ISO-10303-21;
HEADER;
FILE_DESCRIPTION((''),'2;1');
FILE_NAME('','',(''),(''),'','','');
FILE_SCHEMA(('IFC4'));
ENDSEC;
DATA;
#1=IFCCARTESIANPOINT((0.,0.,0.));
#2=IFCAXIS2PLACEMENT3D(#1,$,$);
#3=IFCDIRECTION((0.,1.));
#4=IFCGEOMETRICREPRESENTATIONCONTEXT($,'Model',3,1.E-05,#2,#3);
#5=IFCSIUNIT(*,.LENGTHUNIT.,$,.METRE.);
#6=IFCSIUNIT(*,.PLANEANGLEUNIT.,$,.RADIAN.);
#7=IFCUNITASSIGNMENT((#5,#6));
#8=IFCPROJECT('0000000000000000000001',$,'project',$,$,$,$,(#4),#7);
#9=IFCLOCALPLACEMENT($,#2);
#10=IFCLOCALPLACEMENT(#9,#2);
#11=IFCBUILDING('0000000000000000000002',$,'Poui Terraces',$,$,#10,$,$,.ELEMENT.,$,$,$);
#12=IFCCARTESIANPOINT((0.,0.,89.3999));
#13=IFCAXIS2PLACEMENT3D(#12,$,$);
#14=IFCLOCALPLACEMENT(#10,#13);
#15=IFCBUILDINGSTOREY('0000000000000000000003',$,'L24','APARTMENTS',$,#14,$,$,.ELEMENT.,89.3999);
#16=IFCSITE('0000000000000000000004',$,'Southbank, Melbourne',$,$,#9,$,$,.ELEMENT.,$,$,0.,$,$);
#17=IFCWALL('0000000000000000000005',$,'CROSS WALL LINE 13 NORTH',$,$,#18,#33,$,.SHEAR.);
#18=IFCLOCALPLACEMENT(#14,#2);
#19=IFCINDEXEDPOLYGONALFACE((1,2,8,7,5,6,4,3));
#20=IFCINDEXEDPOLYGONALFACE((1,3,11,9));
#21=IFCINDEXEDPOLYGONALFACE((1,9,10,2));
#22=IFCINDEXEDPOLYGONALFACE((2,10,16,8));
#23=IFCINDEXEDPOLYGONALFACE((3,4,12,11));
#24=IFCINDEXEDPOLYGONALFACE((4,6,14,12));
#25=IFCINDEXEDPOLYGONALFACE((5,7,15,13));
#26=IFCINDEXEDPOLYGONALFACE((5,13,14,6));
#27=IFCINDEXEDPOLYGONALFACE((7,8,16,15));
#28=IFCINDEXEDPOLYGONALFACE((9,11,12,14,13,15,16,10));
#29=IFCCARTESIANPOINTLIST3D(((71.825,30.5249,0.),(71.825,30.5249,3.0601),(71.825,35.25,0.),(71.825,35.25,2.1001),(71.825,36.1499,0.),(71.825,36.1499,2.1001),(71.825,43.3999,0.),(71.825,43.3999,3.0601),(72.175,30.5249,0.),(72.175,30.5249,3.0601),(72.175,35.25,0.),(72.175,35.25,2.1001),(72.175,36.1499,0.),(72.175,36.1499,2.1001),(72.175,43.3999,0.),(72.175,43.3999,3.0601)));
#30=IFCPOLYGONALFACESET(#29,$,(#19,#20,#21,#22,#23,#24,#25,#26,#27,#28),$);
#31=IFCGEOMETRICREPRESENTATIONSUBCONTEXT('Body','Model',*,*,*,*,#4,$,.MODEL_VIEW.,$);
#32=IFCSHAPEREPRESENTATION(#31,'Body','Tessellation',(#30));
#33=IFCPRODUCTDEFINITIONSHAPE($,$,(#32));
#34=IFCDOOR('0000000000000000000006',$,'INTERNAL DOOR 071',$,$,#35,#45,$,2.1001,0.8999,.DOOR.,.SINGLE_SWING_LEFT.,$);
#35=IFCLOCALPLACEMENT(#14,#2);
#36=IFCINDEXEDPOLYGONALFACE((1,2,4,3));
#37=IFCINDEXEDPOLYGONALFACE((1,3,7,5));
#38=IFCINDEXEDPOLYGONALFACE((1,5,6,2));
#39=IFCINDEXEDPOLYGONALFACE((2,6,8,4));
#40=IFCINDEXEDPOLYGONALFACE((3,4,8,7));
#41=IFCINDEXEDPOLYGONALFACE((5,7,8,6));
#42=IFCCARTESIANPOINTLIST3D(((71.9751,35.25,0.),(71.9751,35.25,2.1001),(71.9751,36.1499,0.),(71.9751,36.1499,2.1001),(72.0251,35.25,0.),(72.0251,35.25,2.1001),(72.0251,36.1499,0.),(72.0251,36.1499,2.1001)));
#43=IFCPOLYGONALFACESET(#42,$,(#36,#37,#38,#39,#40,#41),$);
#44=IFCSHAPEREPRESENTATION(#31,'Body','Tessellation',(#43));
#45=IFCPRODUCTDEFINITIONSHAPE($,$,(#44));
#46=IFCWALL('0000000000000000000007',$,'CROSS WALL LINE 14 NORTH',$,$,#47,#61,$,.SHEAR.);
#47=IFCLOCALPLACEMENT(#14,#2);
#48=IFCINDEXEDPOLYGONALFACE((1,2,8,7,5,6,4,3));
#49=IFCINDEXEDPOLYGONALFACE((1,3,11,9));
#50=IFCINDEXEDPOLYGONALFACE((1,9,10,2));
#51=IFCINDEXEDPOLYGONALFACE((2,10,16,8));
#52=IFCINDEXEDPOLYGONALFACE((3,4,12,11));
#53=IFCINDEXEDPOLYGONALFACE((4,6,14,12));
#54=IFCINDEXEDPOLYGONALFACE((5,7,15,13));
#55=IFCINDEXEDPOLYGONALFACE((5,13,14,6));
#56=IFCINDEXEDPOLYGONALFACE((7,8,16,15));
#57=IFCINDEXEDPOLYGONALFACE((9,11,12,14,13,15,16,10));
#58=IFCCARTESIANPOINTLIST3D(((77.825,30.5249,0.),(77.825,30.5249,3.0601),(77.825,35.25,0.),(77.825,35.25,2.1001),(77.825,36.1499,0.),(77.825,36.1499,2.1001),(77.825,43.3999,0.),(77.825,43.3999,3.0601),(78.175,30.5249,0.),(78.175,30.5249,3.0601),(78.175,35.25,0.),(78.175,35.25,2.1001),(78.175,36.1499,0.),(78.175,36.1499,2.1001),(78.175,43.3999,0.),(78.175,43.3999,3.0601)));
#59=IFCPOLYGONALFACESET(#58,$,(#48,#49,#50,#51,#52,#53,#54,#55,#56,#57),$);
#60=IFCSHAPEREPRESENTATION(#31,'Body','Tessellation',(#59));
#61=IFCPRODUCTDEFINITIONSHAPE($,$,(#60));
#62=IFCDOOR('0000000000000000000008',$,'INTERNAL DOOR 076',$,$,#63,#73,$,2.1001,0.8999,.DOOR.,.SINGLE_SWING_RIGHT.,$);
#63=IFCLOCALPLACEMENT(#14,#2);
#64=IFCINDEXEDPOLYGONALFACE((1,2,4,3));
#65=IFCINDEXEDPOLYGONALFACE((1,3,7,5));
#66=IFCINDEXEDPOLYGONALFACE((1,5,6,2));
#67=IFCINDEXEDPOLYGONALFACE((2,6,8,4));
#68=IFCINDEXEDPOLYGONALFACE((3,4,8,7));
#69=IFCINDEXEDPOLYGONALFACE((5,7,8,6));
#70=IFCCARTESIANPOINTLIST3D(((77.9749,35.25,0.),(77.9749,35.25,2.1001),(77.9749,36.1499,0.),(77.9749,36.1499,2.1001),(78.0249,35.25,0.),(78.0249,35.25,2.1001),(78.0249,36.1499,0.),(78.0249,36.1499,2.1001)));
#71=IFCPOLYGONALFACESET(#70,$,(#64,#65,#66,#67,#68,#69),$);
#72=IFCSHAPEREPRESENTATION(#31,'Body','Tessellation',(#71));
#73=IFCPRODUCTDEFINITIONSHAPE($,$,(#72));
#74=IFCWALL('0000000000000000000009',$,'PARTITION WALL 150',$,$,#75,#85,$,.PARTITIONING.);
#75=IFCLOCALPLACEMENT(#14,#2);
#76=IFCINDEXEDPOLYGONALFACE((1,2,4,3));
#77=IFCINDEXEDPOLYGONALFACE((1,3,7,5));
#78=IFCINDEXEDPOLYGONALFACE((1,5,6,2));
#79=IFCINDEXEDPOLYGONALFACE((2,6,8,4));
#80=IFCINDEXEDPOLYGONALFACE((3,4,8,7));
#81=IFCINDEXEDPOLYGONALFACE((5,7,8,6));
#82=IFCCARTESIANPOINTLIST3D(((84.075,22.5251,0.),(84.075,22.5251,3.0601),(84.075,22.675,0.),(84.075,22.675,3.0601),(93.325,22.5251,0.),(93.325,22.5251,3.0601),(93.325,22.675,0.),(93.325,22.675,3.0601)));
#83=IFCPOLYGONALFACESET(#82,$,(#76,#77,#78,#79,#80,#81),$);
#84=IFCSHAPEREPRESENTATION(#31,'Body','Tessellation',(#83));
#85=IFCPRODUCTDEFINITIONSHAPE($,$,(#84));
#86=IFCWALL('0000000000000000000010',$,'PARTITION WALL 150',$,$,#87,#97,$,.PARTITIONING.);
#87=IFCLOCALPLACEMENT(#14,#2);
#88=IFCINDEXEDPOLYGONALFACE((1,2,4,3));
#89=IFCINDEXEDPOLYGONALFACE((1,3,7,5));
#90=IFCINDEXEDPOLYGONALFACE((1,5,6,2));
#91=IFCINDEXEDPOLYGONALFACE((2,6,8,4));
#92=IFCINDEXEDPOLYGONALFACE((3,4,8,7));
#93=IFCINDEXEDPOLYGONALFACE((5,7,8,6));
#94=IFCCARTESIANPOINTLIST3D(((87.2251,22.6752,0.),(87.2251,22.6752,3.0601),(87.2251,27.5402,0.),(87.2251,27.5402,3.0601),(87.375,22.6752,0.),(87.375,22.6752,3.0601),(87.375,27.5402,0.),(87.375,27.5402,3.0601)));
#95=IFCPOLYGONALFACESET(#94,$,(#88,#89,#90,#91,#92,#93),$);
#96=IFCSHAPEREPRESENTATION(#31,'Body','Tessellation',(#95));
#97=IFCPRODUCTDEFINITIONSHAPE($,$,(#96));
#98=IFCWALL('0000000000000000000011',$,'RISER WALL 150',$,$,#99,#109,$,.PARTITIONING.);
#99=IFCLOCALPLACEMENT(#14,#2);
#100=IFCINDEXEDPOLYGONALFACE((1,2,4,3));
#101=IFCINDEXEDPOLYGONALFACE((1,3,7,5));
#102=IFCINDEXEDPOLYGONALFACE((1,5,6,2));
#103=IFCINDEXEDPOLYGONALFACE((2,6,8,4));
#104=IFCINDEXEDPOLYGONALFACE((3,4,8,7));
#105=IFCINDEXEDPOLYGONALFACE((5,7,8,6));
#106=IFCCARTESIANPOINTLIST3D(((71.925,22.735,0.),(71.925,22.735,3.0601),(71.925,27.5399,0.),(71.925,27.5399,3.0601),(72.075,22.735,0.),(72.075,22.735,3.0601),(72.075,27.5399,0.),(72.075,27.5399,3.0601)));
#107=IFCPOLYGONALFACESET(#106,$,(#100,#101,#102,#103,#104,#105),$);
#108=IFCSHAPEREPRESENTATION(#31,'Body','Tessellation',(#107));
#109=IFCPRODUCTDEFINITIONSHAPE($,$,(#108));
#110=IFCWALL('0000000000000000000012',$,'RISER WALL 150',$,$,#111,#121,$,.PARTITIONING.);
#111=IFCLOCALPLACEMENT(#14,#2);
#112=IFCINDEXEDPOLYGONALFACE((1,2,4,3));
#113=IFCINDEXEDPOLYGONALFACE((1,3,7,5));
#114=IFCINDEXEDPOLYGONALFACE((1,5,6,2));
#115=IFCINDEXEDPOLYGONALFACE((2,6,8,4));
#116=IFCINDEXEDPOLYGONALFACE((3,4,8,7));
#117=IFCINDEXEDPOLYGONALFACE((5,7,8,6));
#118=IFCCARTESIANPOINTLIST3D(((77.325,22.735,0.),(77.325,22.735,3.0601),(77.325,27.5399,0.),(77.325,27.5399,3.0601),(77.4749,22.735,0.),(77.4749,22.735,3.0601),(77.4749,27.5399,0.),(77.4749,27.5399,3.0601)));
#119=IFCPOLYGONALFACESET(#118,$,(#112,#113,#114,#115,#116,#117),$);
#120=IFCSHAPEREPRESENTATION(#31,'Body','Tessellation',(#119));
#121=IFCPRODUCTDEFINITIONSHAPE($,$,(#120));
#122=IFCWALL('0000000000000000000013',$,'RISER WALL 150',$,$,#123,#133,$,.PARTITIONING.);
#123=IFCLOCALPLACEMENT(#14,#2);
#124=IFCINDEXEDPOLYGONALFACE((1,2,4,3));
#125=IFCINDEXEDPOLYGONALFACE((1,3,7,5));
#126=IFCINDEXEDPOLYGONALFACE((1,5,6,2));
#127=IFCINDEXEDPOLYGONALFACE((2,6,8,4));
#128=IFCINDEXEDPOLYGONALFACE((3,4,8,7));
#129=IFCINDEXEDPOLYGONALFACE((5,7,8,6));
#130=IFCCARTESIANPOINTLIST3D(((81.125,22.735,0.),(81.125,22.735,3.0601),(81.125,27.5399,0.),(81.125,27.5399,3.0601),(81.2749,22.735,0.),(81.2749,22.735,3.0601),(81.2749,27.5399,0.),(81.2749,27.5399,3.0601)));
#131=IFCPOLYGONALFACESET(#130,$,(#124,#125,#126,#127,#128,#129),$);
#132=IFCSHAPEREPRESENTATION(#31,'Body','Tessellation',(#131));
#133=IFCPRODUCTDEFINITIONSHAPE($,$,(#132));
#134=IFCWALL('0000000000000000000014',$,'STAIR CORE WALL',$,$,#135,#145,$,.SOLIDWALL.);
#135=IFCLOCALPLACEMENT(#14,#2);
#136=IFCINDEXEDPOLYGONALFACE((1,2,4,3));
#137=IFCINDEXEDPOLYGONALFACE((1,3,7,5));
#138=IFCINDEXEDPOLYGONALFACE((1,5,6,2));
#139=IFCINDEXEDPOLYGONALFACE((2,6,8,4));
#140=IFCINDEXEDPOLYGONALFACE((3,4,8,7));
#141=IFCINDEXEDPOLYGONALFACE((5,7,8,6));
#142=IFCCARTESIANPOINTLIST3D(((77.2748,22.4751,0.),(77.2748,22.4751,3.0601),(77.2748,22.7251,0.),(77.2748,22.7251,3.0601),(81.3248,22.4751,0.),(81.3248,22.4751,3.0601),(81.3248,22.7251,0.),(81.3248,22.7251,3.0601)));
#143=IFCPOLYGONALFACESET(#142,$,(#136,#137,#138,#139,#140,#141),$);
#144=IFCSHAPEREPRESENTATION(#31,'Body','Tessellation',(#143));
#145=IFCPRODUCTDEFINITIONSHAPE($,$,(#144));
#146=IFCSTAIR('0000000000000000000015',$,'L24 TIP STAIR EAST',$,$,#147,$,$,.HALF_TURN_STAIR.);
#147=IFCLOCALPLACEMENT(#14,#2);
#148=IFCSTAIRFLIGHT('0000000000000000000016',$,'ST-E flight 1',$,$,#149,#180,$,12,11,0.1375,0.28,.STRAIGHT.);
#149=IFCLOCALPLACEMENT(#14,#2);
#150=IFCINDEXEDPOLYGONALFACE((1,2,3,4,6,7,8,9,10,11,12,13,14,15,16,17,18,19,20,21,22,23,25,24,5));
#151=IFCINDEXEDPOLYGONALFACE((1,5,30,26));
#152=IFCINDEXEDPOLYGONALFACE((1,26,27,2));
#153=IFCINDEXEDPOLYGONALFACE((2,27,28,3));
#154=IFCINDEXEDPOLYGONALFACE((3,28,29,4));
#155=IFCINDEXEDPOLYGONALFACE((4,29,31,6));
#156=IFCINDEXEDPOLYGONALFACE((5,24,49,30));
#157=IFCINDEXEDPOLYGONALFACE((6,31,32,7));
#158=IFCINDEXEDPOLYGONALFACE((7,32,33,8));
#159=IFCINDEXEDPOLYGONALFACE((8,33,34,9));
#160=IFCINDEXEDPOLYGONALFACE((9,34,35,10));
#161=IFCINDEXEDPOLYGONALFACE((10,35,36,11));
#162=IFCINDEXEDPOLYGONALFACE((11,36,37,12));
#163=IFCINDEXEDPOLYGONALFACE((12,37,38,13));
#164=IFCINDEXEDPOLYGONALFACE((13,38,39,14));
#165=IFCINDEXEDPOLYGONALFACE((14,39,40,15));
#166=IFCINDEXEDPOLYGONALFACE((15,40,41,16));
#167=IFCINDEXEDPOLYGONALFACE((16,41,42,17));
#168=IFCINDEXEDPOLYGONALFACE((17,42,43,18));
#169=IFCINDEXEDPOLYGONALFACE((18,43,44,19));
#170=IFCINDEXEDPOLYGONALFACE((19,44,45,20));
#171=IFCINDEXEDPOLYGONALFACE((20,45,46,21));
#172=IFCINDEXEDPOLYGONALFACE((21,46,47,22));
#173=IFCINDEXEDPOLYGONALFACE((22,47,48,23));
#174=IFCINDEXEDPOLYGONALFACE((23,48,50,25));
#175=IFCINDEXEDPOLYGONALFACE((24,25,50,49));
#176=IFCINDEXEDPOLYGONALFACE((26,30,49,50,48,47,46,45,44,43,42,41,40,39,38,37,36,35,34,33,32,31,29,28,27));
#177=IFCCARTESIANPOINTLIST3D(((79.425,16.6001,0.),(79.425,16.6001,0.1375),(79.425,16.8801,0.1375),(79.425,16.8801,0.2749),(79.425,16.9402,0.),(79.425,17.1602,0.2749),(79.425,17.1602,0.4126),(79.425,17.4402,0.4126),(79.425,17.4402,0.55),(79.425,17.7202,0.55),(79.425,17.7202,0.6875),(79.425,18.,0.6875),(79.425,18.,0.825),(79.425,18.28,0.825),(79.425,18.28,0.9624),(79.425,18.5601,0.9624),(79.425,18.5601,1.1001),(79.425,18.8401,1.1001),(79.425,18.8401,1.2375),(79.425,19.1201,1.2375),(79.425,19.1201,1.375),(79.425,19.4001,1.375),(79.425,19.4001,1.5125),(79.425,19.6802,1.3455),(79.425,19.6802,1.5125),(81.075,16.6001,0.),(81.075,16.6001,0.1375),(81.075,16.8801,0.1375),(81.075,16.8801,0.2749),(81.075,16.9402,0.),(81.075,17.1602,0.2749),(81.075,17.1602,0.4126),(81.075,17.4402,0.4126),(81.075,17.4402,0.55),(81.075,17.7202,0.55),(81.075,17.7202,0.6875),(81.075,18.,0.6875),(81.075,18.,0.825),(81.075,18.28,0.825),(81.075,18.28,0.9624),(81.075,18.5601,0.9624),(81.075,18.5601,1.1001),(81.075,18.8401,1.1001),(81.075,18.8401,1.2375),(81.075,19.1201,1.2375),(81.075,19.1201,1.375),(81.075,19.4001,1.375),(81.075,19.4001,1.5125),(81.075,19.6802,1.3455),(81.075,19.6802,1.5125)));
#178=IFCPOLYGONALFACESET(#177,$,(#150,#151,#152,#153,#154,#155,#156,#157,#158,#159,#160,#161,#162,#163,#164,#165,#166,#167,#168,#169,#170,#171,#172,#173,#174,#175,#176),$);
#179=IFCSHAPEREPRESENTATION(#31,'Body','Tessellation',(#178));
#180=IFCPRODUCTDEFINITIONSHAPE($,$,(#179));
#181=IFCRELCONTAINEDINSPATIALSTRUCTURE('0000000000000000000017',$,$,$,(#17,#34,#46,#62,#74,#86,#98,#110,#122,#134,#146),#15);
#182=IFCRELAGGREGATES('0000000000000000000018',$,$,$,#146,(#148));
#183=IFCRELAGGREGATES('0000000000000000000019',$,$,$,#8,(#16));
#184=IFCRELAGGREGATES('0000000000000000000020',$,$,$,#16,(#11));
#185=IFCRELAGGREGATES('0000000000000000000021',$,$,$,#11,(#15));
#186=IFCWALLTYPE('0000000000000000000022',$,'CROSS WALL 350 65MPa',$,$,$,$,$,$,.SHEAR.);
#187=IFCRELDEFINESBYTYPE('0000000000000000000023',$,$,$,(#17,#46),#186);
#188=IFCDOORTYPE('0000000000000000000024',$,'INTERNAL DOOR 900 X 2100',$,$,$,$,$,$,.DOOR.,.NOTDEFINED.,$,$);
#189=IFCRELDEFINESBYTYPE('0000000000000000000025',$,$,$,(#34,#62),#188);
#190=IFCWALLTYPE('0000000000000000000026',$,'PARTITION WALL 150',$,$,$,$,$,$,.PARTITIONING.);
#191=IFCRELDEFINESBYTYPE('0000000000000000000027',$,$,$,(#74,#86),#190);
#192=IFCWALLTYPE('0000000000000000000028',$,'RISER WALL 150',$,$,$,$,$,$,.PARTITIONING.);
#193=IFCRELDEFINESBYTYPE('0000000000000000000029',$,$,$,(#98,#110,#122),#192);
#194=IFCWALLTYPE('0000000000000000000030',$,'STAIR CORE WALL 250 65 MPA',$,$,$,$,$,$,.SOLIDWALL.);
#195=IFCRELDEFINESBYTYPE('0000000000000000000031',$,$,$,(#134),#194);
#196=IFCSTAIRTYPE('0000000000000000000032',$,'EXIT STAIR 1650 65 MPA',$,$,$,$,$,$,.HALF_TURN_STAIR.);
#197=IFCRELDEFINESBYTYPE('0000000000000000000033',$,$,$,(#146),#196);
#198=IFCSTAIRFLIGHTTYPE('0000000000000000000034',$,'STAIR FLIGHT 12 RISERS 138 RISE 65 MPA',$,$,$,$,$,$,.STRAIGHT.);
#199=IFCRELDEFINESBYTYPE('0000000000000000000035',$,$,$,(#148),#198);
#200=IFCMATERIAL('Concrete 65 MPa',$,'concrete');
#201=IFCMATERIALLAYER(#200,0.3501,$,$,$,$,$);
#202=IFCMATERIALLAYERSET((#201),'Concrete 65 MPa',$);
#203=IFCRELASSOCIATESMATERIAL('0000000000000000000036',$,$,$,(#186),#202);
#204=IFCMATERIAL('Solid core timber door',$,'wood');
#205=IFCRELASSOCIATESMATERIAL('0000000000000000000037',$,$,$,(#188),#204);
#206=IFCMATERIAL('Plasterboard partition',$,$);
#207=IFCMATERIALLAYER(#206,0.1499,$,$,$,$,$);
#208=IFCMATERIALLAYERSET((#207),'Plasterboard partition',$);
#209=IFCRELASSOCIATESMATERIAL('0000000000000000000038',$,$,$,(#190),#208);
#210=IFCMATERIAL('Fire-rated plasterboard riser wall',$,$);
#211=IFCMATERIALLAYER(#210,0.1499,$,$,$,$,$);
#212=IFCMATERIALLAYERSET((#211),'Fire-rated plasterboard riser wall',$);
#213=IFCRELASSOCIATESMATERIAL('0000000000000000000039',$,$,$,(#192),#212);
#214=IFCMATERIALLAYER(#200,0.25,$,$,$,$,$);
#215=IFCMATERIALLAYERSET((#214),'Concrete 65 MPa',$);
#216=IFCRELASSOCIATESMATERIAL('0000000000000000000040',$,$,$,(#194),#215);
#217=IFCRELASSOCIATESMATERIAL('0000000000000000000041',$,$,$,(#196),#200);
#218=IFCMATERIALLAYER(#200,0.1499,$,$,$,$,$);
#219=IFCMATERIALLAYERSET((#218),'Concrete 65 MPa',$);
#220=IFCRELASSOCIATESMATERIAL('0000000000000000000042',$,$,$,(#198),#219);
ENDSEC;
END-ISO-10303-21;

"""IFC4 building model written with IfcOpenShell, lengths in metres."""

from ifc_helpers import new_model, si_unit, direction, frame, frame_2d, origin, place, context, subcontext, project, spatial, polyline, rectangle, outline, extrude, material, layer, layer_set, type_object, element, fill, aggregate, save


model = new_model("IFC4")

# Units and contexts
model_context = context("Model", 3, precision=1e-05, world=origin(), true_north=direction((0.0, 1.0)))
body_context = subcontext(model_context, "Body", "Model", "MODEL_VIEW")
ifc_project = project(units=[si_unit("LENGTHUNIT", "METRE"), si_unit("PLANEANGLEUNIT", "RADIAN")], contexts=[model_context])

# Site, building, storey
site_placement = place(None, origin())
site = spatial("IfcSite", under=ifc_project, at=site_placement, Name="Southbank, Melbourne", CompositionType="ELEMENT", RefElevation=0.0)
building_placement = place(site_placement, origin())
building = spatial("IfcBuilding", under=site, at=building_placement, Name="Poui Terraces", CompositionType="ELEMENT")
storey_placement = place(building_placement, frame((0.0, 0.0, 89.3999)))
storey = spatial("IfcBuildingStorey", under=building, at=storey_placement, Name="L24", Description="APARTMENTS", CompositionType="ELEMENT", Elevation=89.3999)

# Shared definitions
ifc_material_1 = material(Name="Concrete 65 MPa", Category="concrete")

# Walls, openings, doors
ifc_material_2 = material(Name="Solid core timber door", Category="wood")
ifc_layer_1 = layer(ifc_material_1, 0.3501)
ifc_layer_set_1 = layer_set([ifc_layer_1], Name="Concrete 65 MPa")
wall_type_1 = type_object("IfcWallType", Name="CROSS WALL 350 65MPa", PredefinedType="SHEAR", material=ifc_layer_set_1)
wall_1_placement = place(storey_placement, frame((72.0, 30.5249, 0.0), z_axis=(0.0, 0.0, 1.0), x_axis=(0.0, 1.0, 0.0)))
wall_1 = element("IfcWall", 1, at=wall_1_placement, inside=storey, type_object=wall_type_1, Name="CROSS WALL LINE 13 NORTH", PredefinedType="SHEAR", context=body_context, shape_type="SweptSolid", body=[
    extrude(rectangle(XDim=12.875, YDim=0.3501, at=frame_2d((6.4375, 0.0))), origin(), (0.0, 0.0, 1.0), 3.0601),
])
opening_1_placement = place(wall_1_placement, frame((4.7251, 0.0, 0.0)))
opening_1 = element("IfcOpeningElement", 2, at=opening_1_placement, cuts=wall_1, PredefinedType="OPENING", context=body_context, shape_type="SweptSolid", body=[
    extrude(rectangle(XDim=0.8999, YDim=2.1001, at=frame_2d((0.45, 1.05))), frame((0.0, 0.1851, 0.0), z_axis=(0.0, -1.0, 0.0), x_axis=(1.0, 0.0, 0.0)), (0.0, 0.0, 1.0), 0.3701),
])
door_type_1 = type_object("IfcDoorType", Name="INTERNAL DOOR 900 X 2100", OperationType="NOTDEFINED", PredefinedType="DOOR", material=ifc_material_2)
door_1_placement = place(opening_1_placement, origin())
door_1 = element("IfcDoor", 3, at=door_1_placement, inside=storey, type_object=door_type_1, Name="INTERNAL DOOR 071", OperationType="SINGLE_SWING_LEFT", OverallHeight=2.1001, OverallWidth=0.8999, PredefinedType="DOOR", context=body_context, shape_type="SweptSolid", body=[
    extrude(rectangle(XDim=0.8999, YDim=2.1001, at=frame_2d((0.45, 1.05))), frame((0.0, 0.0249, 0.0), z_axis=(0.0, -1.0, 0.0), x_axis=(1.0, 0.0, 0.0)), (0.0, 0.0, 1.0), 0.05),
])
fill(opening_1, door_1)
wall_2_placement = place(storey_placement, frame((78.0, 30.5249, 0.0), z_axis=(0.0, 0.0, 1.0), x_axis=(0.0, 1.0, 0.0)))
wall_2 = element("IfcWall", 4, at=wall_2_placement, inside=storey, type_object=wall_type_1, Name="CROSS WALL LINE 14 NORTH", PredefinedType="SHEAR", context=body_context, shape_type="SweptSolid", body=[
    extrude(rectangle(XDim=12.875, YDim=0.3501, at=frame_2d((6.4375, 0.0))), origin(), (0.0, 0.0, 1.0), 3.0601),
])
opening_2_placement = place(wall_2_placement, frame((4.7251, 0.0, 0.0)))
opening_2 = element("IfcOpeningElement", 5, at=opening_2_placement, cuts=wall_2, PredefinedType="OPENING", context=body_context, shape_type="SweptSolid", body=[
    extrude(rectangle(XDim=0.8999, YDim=2.1001, at=frame_2d((0.45, 1.05))), frame((0.0, 0.1851, 0.0), z_axis=(0.0, -1.0, 0.0), x_axis=(1.0, 0.0, 0.0)), (0.0, 0.0, 1.0), 0.3701),
])
door_2_placement = place(opening_2_placement, frame((0.8999, 0.0, 0.0), z_axis=(0.0, 0.0, 1.0), x_axis=(-1.0, 0.0, 0.0)))
door_2 = element("IfcDoor", 6, at=door_2_placement, inside=storey, type_object=door_type_1, Name="INTERNAL DOOR 076", OperationType="SINGLE_SWING_RIGHT", OverallHeight=2.1001, OverallWidth=0.8999, PredefinedType="DOOR", context=body_context, shape_type="SweptSolid", body=[
    extrude(rectangle(XDim=0.8999, YDim=2.1001, at=frame_2d((0.45, 1.05))), frame((0.0, 0.0249, 0.0), z_axis=(0.0, -1.0, 0.0), x_axis=(1.0, 0.0, 0.0)), (0.0, 0.0, 1.0), 0.05),
])
fill(opening_2, door_2)

# Walls
ifc_material_3 = material(Name="Plasterboard partition")
ifc_layer_2 = layer(ifc_material_3, 0.1499)
ifc_layer_set_2 = layer_set([ifc_layer_2], Name="Plasterboard partition")
wall_type_2 = type_object("IfcWallType", Name="PARTITION WALL 150", PredefinedType="PARTITIONING", material=ifc_layer_set_2)
wall_3_placement = place(storey_placement, frame((84.075, 22.6001, 0.0), z_axis=(0.0, 0.0, 1.0), x_axis=(1.0, 0.0, 0.0)))
element("IfcWall", 7, at=wall_3_placement, inside=storey, type_object=wall_type_2, Name="PARTITION WALL 150", PredefinedType="PARTITIONING", context=body_context, shape_type="SweptSolid", body=[
    extrude(rectangle(XDim=9.25, YDim=0.1499, at=frame_2d((4.625, 0.0))), origin(), (0.0, 0.0, 1.0), 3.0601),
])
wall_4_placement = place(storey_placement, frame((87.3, 22.675, 0.0), z_axis=(0.0, 0.0, 1.0), x_axis=(0.0, 1.0, 0.0)))
element("IfcWall", 8, at=wall_4_placement, inside=storey, type_object=wall_type_2, Name="PARTITION WALL 150", PredefinedType="PARTITIONING", context=body_context, shape_type="SweptSolid", body=[
    extrude(rectangle(XDim=4.865, YDim=0.1499, at=frame_2d((2.4326, 0.0))), origin(), (0.0, 0.0, 1.0), 3.0601),
])
ifc_material_4 = material(Name="Fire-rated plasterboard riser wall")
ifc_layer_3 = layer(ifc_material_4, 0.1499)
ifc_layer_set_3 = layer_set([ifc_layer_3], Name="Fire-rated plasterboard riser wall")
wall_type_3 = type_object("IfcWallType", Name="RISER WALL 150", PredefinedType="PARTITIONING", material=ifc_layer_set_3)
for number, where, z_axis, x_axis, name in (
    (9, (72.0, 22.7351, 0.0), (0.0, 0.0, 1.0), (0.0, 1.0, 0.0), "RISER WALL 150"),
    (10, (77.3999, 22.7351, 0.0), (0.0, 0.0, 1.0), (0.0, 1.0, 0.0), "RISER WALL 150"),
    (11, (81.2, 22.7351, 0.0), (0.0, 0.0, 1.0), (0.0, 1.0, 0.0), "RISER WALL 150"),
):
    element("IfcWall", number, at=place(storey_placement, frame(where, z_axis=z_axis, x_axis=x_axis)), inside=storey, type_object=wall_type_3, Name=name, PredefinedType="PARTITIONING", context=body_context, shape_type="SweptSolid", body=[
        extrude(rectangle(XDim=4.8049, YDim=0.1499, at=frame_2d((2.4023, 0.0))), origin(), (0.0, 0.0, 1.0), 3.0601),
    ])
ifc_layer_4 = layer(ifc_material_1, 0.25)
ifc_layer_set_4 = layer_set([ifc_layer_4], Name="Concrete 65 MPa")
wall_type_4 = type_object("IfcWallType", Name="STAIR CORE WALL 250 65 MPA", PredefinedType="SOLIDWALL", material=ifc_layer_set_4)
wall_5_placement = place(storey_placement, frame((77.2749, 22.6001, 0.0), z_axis=(0.0, 0.0, 1.0), x_axis=(1.0, 0.0, 0.0)))
element("IfcWall", 12, at=wall_5_placement, inside=storey, type_object=wall_type_4, Name="STAIR CORE WALL", PredefinedType="SOLIDWALL", context=body_context, shape_type="SweptSolid", body=[
    extrude(rectangle(XDim=4.05, YDim=0.25, at=frame_2d((2.0249, 0.0))), origin(), (0.0, 0.0, 1.0), 3.0601),
])

# Stair, stair flight
stair_type = type_object("IfcStairType", Name="EXIT STAIR 1650 65 MPA", PredefinedType="HALF_TURN_STAIR", material=ifc_material_1)
stair_placement = place(storey_placement, origin())
stair = element("IfcStair", 13, at=stair_placement, inside=storey, type_object=stair_type, Name="L24 TIP STAIR EAST", PredefinedType="HALF_TURN_STAIR")
ifc_layer_5 = layer(ifc_material_1, 0.1499)
ifc_layer_set_5 = layer_set([ifc_layer_5], Name="Concrete 65 MPa")
stair_flight_type = type_object("IfcStairFlightType", Name="STAIR FLIGHT 12 RISERS 138 RISE 65 MPA", PredefinedType="STRAIGHT", material=ifc_layer_set_5)
stair_flight_1_placement = place(storey_placement, frame((80.25, 16.6001, 0.0), z_axis=(0.0, 0.0, 1.0), x_axis=(0.0, 1.0, 0.0)))
stair_flight_1 = element("IfcStairFlight", 14, at=stair_flight_1_placement, type_object=stair_flight_type, Name="ST-E flight 1", NumberOfRisers=12, NumberOfTreads=11, PredefinedType="STRAIGHT", RiserHeight=0.1375, TreadLength=0.28, context=body_context, shape_type="SweptSolid", body=[
    extrude(outline(polyline([(0.0, 0.0), (0.0, 0.1375), (0.28, 0.1375), (0.28, 0.2749), (0.5601, 0.2749), (0.5601, 0.4126), (0.8401, 0.4126), (0.8401, 0.55), (1.1201, 0.55), (1.1201, 0.6875), (1.3999, 0.6875), (1.3999, 0.825), (1.6799, 0.825), (1.6799, 0.9624), (1.96, 0.9624), (1.96, 1.1001), (2.24, 1.1001), (2.24, 1.2375), (2.52, 1.2375), (2.52, 1.375), (2.8, 1.375), (2.8, 1.5125), (3.0801, 1.5125), (3.0801, 1.6499), (3.0801, 1.3455), (0.3401, 0.0), (0.0, 0.0)])), frame((0.0, 0.825, 0.0), z_axis=(0.0, -1.0, 0.0), x_axis=(1.0, 0.0, 0.0)), (0.0, 0.0, 1.0), 1.6499),
])
aggregate(stair, [stair_flight_1])

save(model, "model.ifc")
